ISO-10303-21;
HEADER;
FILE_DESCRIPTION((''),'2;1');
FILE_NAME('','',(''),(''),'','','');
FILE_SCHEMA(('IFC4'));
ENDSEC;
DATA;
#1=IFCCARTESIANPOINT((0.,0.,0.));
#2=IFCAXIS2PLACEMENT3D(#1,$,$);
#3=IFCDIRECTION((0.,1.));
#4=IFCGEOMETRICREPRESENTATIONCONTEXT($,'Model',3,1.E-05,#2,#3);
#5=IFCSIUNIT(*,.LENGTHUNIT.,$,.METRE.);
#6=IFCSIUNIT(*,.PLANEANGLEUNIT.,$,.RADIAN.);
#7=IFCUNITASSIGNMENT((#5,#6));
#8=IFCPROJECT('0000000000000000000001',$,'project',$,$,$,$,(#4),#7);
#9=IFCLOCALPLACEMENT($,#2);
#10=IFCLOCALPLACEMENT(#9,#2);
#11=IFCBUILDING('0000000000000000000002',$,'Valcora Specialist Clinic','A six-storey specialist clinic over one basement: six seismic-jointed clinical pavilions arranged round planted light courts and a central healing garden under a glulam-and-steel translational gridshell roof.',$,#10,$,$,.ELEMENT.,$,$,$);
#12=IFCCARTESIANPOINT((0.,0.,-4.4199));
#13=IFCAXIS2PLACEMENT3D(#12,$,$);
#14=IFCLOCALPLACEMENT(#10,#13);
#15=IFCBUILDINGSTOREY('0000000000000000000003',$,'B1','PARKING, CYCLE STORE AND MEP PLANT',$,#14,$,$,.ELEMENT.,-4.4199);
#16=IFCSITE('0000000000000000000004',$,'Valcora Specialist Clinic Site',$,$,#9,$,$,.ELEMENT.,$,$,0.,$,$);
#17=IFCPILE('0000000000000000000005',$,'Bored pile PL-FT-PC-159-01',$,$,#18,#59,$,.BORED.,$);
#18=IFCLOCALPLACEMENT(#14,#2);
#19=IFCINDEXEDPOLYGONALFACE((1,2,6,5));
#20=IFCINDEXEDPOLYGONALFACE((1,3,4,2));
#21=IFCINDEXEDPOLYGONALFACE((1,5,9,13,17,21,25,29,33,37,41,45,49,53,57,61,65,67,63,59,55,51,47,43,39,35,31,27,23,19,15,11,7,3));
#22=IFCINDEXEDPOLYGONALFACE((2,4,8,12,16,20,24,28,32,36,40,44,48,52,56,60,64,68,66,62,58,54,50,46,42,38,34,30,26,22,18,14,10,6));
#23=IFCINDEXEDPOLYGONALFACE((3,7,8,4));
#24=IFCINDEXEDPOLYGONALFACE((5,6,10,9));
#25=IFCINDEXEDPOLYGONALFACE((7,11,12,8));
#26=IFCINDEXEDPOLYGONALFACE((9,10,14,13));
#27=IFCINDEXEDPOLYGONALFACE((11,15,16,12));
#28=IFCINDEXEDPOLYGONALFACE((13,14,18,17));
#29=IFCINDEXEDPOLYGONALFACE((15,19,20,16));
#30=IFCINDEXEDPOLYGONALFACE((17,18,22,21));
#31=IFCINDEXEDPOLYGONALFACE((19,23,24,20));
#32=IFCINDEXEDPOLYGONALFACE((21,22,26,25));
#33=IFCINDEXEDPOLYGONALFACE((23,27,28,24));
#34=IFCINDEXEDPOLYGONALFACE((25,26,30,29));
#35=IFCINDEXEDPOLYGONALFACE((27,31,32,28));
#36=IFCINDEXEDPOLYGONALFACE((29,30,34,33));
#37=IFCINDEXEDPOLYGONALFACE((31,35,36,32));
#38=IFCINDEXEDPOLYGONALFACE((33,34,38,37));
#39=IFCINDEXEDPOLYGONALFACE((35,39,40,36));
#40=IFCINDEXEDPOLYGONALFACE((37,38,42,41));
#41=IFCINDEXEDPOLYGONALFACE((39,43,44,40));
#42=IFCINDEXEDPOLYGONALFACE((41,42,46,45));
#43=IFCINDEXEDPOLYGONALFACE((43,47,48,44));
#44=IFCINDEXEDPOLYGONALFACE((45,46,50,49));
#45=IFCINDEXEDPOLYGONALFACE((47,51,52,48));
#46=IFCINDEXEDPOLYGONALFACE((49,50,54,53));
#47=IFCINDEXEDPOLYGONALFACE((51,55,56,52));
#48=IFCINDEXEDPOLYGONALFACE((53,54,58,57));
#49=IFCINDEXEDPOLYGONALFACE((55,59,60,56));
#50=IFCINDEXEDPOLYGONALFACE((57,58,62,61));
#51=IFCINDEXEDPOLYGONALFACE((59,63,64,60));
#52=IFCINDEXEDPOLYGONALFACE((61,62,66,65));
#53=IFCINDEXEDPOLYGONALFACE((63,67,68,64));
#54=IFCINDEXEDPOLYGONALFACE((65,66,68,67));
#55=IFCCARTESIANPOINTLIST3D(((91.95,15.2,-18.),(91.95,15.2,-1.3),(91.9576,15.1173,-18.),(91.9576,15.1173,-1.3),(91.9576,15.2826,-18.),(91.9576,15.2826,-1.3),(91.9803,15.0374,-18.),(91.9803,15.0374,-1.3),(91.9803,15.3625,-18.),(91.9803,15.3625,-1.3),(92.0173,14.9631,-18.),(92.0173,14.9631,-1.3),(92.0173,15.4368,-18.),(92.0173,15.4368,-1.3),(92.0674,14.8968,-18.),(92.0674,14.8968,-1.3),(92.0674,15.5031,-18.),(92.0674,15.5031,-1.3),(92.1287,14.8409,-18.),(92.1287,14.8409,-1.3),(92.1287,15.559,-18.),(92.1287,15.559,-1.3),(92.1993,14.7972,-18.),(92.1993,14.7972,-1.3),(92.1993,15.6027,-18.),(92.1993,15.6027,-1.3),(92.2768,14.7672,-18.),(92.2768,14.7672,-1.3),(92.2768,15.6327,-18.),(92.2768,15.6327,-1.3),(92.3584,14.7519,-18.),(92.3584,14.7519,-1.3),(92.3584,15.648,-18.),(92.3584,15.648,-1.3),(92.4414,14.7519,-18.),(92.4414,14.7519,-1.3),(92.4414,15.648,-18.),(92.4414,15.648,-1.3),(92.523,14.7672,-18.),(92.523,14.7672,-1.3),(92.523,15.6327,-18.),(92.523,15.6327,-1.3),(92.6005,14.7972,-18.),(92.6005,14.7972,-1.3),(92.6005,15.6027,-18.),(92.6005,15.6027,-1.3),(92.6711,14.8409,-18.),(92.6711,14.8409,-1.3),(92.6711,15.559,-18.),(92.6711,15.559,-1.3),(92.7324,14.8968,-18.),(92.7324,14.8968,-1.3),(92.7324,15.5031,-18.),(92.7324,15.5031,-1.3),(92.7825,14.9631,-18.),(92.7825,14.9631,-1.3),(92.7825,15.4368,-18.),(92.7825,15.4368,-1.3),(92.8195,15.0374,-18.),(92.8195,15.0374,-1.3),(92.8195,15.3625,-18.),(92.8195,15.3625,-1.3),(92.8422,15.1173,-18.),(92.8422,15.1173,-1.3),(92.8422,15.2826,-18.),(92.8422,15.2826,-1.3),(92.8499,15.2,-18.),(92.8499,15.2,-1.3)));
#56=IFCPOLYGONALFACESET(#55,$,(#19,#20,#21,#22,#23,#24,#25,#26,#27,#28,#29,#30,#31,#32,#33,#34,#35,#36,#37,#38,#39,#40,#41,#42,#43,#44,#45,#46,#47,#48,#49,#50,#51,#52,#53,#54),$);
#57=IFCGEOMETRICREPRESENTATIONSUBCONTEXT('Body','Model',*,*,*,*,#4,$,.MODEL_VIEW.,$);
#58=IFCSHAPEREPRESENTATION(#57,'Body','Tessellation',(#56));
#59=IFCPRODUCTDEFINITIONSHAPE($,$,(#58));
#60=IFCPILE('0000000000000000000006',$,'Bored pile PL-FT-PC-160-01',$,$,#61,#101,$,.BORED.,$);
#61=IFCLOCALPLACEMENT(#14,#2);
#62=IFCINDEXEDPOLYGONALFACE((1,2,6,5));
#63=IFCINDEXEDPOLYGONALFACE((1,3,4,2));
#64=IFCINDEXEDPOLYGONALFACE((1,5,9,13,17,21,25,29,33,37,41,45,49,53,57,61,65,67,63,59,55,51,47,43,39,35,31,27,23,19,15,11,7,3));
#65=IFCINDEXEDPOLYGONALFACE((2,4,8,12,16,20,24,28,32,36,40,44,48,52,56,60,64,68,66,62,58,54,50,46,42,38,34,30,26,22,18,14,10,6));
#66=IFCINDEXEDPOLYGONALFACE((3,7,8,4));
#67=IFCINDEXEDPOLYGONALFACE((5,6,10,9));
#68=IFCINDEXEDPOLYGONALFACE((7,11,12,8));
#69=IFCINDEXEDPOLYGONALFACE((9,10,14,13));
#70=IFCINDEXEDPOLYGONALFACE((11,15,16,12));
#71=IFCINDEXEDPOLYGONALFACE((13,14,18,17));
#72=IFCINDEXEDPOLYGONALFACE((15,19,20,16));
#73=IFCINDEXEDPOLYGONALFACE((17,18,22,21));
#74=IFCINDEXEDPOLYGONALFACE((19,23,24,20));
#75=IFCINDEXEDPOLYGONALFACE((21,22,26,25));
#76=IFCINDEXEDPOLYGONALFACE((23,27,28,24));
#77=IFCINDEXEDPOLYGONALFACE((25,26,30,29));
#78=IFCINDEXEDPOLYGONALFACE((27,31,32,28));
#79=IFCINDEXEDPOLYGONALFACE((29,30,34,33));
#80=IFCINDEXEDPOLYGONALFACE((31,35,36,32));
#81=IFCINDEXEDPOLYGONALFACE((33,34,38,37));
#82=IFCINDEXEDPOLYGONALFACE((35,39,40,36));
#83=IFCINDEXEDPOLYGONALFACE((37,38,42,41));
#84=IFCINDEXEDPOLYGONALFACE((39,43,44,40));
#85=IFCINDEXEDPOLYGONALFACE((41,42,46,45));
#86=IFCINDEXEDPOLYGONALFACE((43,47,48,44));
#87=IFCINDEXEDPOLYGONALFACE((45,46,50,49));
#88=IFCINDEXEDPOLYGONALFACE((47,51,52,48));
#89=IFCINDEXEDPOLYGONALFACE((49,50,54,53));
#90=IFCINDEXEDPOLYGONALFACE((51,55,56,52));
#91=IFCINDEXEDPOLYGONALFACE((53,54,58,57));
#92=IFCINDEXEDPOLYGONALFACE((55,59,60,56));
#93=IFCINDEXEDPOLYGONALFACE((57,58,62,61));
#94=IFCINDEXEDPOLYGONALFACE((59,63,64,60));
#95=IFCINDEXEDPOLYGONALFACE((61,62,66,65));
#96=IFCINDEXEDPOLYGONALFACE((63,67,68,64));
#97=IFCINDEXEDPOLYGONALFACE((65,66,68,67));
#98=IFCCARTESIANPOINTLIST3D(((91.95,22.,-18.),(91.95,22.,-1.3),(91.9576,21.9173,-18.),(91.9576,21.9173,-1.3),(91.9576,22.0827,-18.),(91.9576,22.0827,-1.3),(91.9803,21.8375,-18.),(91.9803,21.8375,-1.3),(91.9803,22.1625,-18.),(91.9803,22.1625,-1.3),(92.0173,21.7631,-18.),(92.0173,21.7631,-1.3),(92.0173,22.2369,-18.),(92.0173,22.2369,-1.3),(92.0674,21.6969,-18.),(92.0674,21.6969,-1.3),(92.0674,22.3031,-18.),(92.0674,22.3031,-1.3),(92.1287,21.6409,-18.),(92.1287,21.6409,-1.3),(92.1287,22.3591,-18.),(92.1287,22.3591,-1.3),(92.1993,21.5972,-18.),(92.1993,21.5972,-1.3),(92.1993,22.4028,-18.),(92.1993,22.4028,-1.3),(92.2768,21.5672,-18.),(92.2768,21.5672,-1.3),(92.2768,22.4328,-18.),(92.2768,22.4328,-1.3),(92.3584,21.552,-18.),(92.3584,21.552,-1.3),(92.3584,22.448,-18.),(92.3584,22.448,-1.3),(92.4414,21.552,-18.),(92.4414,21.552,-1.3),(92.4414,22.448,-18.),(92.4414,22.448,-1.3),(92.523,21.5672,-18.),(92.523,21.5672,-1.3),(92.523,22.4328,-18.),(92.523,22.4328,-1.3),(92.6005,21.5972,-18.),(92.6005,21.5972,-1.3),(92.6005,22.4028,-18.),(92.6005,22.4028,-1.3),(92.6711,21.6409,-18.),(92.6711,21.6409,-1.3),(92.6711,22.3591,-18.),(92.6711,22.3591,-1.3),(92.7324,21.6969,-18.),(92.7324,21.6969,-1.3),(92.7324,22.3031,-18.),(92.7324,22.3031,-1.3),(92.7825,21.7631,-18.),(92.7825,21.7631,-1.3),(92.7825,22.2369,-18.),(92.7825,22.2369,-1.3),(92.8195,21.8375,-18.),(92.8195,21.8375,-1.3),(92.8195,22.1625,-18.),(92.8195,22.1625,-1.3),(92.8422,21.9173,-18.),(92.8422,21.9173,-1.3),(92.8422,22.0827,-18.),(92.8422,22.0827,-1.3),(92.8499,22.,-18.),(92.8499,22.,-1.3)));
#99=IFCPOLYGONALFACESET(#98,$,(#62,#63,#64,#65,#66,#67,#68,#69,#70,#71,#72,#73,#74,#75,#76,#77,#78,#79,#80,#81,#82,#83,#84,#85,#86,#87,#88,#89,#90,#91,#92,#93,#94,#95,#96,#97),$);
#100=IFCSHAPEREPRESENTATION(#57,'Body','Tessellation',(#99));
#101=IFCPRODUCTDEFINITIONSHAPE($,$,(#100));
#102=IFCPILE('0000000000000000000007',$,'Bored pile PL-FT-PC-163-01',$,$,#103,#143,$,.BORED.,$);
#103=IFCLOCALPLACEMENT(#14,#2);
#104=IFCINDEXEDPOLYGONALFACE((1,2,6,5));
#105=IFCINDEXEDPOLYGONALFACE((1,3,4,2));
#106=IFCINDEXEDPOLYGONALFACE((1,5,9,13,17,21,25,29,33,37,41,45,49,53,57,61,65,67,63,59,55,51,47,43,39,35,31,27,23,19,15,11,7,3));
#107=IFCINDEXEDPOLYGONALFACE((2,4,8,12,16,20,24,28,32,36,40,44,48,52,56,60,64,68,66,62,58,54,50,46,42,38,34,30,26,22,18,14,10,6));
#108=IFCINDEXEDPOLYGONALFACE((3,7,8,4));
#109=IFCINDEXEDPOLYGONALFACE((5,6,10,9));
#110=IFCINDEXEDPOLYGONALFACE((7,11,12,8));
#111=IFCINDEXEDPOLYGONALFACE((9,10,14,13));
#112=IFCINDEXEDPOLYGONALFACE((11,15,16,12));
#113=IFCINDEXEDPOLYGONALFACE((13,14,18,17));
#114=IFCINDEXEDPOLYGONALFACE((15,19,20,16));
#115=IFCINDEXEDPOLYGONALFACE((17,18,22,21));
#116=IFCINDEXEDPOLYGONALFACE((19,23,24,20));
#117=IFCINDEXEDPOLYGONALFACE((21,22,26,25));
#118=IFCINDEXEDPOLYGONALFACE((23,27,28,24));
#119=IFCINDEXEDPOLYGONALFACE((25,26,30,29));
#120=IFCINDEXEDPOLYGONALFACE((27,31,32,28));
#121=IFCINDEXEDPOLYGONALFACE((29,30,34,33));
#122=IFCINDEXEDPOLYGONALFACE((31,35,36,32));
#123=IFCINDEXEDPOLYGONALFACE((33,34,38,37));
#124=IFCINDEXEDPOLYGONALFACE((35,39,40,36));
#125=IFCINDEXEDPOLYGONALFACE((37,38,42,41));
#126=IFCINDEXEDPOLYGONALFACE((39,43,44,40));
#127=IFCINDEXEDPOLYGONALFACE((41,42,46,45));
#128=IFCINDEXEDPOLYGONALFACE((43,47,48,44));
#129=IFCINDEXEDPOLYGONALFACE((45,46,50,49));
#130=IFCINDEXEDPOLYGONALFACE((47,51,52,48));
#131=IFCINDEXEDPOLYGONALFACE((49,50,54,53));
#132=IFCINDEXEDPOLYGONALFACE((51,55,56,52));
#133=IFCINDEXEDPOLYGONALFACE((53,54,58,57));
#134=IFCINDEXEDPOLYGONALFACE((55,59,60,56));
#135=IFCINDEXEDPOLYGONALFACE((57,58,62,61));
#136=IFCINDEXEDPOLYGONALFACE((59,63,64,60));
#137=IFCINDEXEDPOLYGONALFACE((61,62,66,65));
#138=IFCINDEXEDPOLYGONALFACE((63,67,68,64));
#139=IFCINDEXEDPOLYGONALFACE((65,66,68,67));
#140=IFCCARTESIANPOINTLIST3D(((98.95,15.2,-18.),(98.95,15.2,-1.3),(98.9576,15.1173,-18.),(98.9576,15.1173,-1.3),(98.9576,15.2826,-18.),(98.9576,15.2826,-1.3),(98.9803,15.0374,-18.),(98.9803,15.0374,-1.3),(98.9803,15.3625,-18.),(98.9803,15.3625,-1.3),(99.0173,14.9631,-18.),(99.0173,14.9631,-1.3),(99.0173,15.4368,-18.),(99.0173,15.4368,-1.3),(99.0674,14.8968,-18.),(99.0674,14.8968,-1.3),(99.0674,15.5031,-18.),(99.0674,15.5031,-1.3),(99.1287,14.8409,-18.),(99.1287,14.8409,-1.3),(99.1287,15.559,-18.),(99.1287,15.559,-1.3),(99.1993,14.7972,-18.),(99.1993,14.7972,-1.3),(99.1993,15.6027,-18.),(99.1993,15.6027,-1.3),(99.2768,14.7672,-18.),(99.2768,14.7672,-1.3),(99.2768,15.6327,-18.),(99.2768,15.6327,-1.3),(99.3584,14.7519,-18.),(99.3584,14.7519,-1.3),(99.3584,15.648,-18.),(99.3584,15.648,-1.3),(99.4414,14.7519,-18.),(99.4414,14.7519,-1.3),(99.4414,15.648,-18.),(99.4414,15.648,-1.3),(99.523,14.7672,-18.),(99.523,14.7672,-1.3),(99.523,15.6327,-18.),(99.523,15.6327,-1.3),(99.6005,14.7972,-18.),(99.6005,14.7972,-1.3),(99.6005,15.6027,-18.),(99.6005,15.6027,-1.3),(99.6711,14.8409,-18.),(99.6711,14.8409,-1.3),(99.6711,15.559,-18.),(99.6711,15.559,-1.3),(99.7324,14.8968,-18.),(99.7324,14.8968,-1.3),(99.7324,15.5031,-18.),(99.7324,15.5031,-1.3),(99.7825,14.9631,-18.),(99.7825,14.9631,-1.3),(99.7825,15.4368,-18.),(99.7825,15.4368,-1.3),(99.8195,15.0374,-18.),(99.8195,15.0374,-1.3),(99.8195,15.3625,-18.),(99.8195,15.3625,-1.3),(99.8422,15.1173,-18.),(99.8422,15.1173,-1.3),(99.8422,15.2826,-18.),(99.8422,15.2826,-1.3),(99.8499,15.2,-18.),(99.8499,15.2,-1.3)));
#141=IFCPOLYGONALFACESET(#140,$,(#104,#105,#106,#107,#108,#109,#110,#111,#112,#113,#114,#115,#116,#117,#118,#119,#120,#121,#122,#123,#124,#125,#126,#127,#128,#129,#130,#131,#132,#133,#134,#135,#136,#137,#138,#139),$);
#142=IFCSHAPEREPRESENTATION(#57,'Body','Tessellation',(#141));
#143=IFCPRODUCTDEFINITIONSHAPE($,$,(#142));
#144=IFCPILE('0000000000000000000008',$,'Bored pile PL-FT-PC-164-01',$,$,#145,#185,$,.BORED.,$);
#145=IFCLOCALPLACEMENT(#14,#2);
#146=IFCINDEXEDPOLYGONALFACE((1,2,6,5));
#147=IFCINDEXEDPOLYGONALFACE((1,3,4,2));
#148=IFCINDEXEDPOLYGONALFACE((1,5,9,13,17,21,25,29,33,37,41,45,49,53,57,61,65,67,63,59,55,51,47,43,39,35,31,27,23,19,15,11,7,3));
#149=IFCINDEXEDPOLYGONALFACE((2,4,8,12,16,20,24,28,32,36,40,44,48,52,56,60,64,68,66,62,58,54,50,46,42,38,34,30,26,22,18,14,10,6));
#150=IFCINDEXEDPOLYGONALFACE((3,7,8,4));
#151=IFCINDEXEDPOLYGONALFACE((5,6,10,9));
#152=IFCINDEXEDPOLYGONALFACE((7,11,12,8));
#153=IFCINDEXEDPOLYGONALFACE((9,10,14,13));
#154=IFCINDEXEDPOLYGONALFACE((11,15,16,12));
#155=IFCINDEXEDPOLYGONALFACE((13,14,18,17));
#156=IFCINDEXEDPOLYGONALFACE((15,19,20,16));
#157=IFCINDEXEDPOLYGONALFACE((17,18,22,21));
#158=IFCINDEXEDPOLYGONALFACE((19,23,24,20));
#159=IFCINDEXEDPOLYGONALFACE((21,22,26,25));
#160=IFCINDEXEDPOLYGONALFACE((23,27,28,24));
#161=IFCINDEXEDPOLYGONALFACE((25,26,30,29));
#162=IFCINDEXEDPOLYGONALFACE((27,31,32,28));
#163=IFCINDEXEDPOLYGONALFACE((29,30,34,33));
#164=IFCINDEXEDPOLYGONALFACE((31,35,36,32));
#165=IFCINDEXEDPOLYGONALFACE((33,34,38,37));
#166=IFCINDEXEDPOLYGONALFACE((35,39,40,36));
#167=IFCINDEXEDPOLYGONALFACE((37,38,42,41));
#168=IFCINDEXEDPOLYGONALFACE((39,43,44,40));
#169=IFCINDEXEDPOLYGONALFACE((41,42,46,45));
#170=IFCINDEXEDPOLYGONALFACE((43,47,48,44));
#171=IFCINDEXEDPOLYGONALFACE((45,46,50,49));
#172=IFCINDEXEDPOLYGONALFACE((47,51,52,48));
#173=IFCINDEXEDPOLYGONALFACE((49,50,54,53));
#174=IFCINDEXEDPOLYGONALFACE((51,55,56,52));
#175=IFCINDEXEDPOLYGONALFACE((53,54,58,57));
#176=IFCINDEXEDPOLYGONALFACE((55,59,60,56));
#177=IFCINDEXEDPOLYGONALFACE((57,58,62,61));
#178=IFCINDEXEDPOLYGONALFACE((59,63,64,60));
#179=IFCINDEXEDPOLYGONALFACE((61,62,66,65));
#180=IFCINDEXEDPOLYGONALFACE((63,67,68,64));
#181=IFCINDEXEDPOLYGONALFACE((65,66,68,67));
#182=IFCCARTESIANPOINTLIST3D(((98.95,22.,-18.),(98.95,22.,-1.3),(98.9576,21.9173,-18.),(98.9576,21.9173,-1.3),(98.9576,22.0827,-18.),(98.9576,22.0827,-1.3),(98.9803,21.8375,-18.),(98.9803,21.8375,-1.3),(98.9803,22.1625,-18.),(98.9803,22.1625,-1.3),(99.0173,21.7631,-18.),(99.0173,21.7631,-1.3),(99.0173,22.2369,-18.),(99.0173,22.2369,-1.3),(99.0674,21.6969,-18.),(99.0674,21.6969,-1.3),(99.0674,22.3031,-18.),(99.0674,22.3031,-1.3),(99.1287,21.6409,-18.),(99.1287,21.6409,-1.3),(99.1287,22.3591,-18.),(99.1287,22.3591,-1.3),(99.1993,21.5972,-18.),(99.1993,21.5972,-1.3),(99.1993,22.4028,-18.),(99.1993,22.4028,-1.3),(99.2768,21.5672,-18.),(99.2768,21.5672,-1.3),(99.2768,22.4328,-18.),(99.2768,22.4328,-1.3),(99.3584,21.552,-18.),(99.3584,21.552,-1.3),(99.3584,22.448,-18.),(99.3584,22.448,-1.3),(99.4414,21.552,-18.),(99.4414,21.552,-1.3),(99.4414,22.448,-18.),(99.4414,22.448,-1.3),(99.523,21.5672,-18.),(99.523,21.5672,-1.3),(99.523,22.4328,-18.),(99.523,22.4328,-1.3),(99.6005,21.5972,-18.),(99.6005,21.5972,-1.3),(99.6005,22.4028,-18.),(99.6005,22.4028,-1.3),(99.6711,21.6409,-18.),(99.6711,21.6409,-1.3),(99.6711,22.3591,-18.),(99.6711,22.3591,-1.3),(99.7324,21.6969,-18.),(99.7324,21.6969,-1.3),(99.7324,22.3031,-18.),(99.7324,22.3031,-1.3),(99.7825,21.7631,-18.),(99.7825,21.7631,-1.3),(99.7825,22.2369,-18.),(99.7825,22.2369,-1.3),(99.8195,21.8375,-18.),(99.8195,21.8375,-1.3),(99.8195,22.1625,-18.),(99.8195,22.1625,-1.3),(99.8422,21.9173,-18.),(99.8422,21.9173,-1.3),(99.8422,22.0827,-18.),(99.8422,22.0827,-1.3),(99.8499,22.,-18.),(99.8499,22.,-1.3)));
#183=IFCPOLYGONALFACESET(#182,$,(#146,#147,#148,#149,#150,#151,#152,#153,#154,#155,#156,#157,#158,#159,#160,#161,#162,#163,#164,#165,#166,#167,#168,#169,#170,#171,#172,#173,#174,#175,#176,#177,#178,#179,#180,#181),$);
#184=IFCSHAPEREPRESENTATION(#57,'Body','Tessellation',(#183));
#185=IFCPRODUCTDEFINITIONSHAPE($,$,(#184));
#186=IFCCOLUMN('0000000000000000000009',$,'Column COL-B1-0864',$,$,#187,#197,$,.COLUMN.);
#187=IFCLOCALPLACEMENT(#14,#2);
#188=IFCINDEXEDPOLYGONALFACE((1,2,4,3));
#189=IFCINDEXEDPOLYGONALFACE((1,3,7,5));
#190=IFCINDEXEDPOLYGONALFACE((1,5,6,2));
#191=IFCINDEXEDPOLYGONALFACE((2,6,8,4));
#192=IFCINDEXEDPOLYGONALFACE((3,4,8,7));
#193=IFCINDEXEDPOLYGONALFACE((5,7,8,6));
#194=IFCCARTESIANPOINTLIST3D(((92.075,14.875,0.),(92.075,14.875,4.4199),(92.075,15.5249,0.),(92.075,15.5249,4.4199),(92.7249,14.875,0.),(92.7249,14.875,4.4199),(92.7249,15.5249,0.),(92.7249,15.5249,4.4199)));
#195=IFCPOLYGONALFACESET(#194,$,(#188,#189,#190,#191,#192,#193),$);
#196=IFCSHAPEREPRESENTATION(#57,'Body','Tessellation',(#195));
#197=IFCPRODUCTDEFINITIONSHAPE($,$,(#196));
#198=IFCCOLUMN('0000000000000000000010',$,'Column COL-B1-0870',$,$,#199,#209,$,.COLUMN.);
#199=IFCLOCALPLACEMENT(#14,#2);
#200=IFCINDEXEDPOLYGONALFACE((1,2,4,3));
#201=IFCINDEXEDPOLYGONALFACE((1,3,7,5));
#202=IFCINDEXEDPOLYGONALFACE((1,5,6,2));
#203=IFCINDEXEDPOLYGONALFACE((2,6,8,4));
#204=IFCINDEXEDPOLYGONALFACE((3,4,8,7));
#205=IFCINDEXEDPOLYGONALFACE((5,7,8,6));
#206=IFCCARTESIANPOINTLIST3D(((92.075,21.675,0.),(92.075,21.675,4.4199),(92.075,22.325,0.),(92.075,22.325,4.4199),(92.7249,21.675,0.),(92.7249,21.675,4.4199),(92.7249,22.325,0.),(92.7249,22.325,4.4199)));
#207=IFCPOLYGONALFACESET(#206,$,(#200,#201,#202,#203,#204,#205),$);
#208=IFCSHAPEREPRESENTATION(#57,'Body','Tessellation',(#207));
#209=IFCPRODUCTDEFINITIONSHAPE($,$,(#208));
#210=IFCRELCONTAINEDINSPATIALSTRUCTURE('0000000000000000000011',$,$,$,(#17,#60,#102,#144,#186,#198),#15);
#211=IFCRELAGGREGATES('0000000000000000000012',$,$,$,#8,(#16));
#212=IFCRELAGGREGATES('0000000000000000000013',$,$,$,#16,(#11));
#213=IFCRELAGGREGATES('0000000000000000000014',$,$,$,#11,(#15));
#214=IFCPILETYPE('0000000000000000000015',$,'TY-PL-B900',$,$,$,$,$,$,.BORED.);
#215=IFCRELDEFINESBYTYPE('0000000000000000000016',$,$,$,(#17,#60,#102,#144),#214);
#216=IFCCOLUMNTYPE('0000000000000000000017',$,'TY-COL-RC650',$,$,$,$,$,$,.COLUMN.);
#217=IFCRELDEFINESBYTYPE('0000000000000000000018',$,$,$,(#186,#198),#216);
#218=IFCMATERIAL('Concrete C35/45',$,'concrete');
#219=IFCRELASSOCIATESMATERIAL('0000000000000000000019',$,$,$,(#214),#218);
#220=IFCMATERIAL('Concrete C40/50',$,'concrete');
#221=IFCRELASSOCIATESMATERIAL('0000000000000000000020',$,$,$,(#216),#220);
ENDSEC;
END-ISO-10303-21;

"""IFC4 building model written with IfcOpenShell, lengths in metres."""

from ifc_helpers import new_model, si_unit, direction, frame, origin, origin_2d, place, context, subcontext, project, spatial, rectangle, circle, extrude, material, material_profile, profile_set, type_object, element, save


model = new_model("IFC4")

# Units and contexts
model_context = context("Model", 3, precision=1e-05, world=origin(), true_north=direction((0.0, 1.0)))
body_context = subcontext(model_context, "Body", "Model", "MODEL_VIEW")
ifc_project = project(units=[si_unit("LENGTHUNIT", "METRE"), si_unit("PLANEANGLEUNIT", "RADIAN")], contexts=[model_context])

# Site, building, storey
site_placement = place(None, origin())
site = spatial("IfcSite", under=ifc_project, at=site_placement, Name="Valcora Specialist Clinic Site", CompositionType="ELEMENT", RefElevation=0.0)
building_placement = place(site_placement, origin())
building = spatial("IfcBuilding", under=site, at=building_placement, Name="Valcora Specialist Clinic", Description="A six-storey specialist clinic over one basement: six seismic-jointed clinical pavilions arranged round planted light courts and a central healing garden under a glulam-and-steel translational gridshell roof.", CompositionType="ELEMENT")
storey_placement = place(building_placement, frame((0.0, 0.0, -4.4199)))
storey = spatial("IfcBuildingStorey", under=building, at=storey_placement, Name="B1", Description="PARKING, CYCLE STORE AND MEP PLANT", CompositionType="ELEMENT", Elevation=-4.4199)

# Shared definitions
ifc_material_1 = material(Name="Concrete C35/45", Category="concrete")

# Piles
ifc_material_profile_1 = material_profile(ifc_material_1, circle(Radius=0.45, at=origin_2d()), Name="RC-PIL-D900")
ifc_profile_set_1 = profile_set([ifc_material_profile_1], Name="Concrete C35/45")
pile_type_1 = type_object("IfcPileType", Name="TY-PL-B900", PredefinedType="BORED", material=ifc_profile_set_1)
for number, where, z_axis, x_axis, name in (
    (1, (92.3999, 15.2, -1.3), (0.0, 0.0, -1.0), (1.0, 0.0, 0.0), "Bored pile PL-FT-PC-159-01"),
    (2, (92.3999, 22.0, -1.3), (0.0, 0.0, -1.0), (1.0, 0.0, 0.0), "Bored pile PL-FT-PC-160-01"),
    (3, (99.3999, 15.2, -1.3), (0.0, 0.0, -1.0), (1.0, 0.0, 0.0), "Bored pile PL-FT-PC-163-01"),
    (4, (99.3999, 22.0, -1.3), (0.0, 0.0, -1.0), (1.0, 0.0, 0.0), "Bored pile PL-FT-PC-164-01"),
):
    element("IfcPile", number, at=place(storey_placement, frame(where, z_axis=z_axis, x_axis=x_axis)), inside=storey, type_object=pile_type_1, Name=name, PredefinedType="BORED", context=body_context, shape_type="SweptSolid", body=[
        extrude(circle(Radius=0.45, at=origin_2d()), origin(), (0.0, 0.0, 1.0), 16.7),
    ])

# Columns
ifc_material_2 = material(Name="Concrete C40/50", Category="concrete")
ifc_material_profile_2 = material_profile(ifc_material_2, rectangle(XDim=0.6499, YDim=0.6499, at=origin_2d()), Name="RC-COL-650X650")
ifc_profile_set_2 = profile_set([ifc_material_profile_2], Name="Concrete C40/50")
column_type_1 = type_object("IfcColumnType", Name="TY-COL-RC650", PredefinedType="COLUMN", material=ifc_profile_set_2)
for number, where, z_axis, x_axis, name in (
    (5, (92.3999, 15.2, 0.0), (0.0, 0.0, 1.0), (1.0, 0.0, 0.0), "Column COL-B1-0864"),
    (6, (92.3999, 22.0, 0.0), (0.0, 0.0, 1.0), (1.0, 0.0, 0.0), "Column COL-B1-0870"),
):
    element("IfcColumn", number, at=place(storey_placement, frame(where, z_axis=z_axis, x_axis=x_axis)), inside=storey, type_object=column_type_1, Name=name, PredefinedType="COLUMN", context=body_context, shape_type="SweptSolid", body=[
        extrude(rectangle(XDim=0.6499, YDim=0.6499, at=origin_2d()), origin(), (0.0, 0.0, 1.0), 4.4199),
    ])

save(model, "model.ifc")
